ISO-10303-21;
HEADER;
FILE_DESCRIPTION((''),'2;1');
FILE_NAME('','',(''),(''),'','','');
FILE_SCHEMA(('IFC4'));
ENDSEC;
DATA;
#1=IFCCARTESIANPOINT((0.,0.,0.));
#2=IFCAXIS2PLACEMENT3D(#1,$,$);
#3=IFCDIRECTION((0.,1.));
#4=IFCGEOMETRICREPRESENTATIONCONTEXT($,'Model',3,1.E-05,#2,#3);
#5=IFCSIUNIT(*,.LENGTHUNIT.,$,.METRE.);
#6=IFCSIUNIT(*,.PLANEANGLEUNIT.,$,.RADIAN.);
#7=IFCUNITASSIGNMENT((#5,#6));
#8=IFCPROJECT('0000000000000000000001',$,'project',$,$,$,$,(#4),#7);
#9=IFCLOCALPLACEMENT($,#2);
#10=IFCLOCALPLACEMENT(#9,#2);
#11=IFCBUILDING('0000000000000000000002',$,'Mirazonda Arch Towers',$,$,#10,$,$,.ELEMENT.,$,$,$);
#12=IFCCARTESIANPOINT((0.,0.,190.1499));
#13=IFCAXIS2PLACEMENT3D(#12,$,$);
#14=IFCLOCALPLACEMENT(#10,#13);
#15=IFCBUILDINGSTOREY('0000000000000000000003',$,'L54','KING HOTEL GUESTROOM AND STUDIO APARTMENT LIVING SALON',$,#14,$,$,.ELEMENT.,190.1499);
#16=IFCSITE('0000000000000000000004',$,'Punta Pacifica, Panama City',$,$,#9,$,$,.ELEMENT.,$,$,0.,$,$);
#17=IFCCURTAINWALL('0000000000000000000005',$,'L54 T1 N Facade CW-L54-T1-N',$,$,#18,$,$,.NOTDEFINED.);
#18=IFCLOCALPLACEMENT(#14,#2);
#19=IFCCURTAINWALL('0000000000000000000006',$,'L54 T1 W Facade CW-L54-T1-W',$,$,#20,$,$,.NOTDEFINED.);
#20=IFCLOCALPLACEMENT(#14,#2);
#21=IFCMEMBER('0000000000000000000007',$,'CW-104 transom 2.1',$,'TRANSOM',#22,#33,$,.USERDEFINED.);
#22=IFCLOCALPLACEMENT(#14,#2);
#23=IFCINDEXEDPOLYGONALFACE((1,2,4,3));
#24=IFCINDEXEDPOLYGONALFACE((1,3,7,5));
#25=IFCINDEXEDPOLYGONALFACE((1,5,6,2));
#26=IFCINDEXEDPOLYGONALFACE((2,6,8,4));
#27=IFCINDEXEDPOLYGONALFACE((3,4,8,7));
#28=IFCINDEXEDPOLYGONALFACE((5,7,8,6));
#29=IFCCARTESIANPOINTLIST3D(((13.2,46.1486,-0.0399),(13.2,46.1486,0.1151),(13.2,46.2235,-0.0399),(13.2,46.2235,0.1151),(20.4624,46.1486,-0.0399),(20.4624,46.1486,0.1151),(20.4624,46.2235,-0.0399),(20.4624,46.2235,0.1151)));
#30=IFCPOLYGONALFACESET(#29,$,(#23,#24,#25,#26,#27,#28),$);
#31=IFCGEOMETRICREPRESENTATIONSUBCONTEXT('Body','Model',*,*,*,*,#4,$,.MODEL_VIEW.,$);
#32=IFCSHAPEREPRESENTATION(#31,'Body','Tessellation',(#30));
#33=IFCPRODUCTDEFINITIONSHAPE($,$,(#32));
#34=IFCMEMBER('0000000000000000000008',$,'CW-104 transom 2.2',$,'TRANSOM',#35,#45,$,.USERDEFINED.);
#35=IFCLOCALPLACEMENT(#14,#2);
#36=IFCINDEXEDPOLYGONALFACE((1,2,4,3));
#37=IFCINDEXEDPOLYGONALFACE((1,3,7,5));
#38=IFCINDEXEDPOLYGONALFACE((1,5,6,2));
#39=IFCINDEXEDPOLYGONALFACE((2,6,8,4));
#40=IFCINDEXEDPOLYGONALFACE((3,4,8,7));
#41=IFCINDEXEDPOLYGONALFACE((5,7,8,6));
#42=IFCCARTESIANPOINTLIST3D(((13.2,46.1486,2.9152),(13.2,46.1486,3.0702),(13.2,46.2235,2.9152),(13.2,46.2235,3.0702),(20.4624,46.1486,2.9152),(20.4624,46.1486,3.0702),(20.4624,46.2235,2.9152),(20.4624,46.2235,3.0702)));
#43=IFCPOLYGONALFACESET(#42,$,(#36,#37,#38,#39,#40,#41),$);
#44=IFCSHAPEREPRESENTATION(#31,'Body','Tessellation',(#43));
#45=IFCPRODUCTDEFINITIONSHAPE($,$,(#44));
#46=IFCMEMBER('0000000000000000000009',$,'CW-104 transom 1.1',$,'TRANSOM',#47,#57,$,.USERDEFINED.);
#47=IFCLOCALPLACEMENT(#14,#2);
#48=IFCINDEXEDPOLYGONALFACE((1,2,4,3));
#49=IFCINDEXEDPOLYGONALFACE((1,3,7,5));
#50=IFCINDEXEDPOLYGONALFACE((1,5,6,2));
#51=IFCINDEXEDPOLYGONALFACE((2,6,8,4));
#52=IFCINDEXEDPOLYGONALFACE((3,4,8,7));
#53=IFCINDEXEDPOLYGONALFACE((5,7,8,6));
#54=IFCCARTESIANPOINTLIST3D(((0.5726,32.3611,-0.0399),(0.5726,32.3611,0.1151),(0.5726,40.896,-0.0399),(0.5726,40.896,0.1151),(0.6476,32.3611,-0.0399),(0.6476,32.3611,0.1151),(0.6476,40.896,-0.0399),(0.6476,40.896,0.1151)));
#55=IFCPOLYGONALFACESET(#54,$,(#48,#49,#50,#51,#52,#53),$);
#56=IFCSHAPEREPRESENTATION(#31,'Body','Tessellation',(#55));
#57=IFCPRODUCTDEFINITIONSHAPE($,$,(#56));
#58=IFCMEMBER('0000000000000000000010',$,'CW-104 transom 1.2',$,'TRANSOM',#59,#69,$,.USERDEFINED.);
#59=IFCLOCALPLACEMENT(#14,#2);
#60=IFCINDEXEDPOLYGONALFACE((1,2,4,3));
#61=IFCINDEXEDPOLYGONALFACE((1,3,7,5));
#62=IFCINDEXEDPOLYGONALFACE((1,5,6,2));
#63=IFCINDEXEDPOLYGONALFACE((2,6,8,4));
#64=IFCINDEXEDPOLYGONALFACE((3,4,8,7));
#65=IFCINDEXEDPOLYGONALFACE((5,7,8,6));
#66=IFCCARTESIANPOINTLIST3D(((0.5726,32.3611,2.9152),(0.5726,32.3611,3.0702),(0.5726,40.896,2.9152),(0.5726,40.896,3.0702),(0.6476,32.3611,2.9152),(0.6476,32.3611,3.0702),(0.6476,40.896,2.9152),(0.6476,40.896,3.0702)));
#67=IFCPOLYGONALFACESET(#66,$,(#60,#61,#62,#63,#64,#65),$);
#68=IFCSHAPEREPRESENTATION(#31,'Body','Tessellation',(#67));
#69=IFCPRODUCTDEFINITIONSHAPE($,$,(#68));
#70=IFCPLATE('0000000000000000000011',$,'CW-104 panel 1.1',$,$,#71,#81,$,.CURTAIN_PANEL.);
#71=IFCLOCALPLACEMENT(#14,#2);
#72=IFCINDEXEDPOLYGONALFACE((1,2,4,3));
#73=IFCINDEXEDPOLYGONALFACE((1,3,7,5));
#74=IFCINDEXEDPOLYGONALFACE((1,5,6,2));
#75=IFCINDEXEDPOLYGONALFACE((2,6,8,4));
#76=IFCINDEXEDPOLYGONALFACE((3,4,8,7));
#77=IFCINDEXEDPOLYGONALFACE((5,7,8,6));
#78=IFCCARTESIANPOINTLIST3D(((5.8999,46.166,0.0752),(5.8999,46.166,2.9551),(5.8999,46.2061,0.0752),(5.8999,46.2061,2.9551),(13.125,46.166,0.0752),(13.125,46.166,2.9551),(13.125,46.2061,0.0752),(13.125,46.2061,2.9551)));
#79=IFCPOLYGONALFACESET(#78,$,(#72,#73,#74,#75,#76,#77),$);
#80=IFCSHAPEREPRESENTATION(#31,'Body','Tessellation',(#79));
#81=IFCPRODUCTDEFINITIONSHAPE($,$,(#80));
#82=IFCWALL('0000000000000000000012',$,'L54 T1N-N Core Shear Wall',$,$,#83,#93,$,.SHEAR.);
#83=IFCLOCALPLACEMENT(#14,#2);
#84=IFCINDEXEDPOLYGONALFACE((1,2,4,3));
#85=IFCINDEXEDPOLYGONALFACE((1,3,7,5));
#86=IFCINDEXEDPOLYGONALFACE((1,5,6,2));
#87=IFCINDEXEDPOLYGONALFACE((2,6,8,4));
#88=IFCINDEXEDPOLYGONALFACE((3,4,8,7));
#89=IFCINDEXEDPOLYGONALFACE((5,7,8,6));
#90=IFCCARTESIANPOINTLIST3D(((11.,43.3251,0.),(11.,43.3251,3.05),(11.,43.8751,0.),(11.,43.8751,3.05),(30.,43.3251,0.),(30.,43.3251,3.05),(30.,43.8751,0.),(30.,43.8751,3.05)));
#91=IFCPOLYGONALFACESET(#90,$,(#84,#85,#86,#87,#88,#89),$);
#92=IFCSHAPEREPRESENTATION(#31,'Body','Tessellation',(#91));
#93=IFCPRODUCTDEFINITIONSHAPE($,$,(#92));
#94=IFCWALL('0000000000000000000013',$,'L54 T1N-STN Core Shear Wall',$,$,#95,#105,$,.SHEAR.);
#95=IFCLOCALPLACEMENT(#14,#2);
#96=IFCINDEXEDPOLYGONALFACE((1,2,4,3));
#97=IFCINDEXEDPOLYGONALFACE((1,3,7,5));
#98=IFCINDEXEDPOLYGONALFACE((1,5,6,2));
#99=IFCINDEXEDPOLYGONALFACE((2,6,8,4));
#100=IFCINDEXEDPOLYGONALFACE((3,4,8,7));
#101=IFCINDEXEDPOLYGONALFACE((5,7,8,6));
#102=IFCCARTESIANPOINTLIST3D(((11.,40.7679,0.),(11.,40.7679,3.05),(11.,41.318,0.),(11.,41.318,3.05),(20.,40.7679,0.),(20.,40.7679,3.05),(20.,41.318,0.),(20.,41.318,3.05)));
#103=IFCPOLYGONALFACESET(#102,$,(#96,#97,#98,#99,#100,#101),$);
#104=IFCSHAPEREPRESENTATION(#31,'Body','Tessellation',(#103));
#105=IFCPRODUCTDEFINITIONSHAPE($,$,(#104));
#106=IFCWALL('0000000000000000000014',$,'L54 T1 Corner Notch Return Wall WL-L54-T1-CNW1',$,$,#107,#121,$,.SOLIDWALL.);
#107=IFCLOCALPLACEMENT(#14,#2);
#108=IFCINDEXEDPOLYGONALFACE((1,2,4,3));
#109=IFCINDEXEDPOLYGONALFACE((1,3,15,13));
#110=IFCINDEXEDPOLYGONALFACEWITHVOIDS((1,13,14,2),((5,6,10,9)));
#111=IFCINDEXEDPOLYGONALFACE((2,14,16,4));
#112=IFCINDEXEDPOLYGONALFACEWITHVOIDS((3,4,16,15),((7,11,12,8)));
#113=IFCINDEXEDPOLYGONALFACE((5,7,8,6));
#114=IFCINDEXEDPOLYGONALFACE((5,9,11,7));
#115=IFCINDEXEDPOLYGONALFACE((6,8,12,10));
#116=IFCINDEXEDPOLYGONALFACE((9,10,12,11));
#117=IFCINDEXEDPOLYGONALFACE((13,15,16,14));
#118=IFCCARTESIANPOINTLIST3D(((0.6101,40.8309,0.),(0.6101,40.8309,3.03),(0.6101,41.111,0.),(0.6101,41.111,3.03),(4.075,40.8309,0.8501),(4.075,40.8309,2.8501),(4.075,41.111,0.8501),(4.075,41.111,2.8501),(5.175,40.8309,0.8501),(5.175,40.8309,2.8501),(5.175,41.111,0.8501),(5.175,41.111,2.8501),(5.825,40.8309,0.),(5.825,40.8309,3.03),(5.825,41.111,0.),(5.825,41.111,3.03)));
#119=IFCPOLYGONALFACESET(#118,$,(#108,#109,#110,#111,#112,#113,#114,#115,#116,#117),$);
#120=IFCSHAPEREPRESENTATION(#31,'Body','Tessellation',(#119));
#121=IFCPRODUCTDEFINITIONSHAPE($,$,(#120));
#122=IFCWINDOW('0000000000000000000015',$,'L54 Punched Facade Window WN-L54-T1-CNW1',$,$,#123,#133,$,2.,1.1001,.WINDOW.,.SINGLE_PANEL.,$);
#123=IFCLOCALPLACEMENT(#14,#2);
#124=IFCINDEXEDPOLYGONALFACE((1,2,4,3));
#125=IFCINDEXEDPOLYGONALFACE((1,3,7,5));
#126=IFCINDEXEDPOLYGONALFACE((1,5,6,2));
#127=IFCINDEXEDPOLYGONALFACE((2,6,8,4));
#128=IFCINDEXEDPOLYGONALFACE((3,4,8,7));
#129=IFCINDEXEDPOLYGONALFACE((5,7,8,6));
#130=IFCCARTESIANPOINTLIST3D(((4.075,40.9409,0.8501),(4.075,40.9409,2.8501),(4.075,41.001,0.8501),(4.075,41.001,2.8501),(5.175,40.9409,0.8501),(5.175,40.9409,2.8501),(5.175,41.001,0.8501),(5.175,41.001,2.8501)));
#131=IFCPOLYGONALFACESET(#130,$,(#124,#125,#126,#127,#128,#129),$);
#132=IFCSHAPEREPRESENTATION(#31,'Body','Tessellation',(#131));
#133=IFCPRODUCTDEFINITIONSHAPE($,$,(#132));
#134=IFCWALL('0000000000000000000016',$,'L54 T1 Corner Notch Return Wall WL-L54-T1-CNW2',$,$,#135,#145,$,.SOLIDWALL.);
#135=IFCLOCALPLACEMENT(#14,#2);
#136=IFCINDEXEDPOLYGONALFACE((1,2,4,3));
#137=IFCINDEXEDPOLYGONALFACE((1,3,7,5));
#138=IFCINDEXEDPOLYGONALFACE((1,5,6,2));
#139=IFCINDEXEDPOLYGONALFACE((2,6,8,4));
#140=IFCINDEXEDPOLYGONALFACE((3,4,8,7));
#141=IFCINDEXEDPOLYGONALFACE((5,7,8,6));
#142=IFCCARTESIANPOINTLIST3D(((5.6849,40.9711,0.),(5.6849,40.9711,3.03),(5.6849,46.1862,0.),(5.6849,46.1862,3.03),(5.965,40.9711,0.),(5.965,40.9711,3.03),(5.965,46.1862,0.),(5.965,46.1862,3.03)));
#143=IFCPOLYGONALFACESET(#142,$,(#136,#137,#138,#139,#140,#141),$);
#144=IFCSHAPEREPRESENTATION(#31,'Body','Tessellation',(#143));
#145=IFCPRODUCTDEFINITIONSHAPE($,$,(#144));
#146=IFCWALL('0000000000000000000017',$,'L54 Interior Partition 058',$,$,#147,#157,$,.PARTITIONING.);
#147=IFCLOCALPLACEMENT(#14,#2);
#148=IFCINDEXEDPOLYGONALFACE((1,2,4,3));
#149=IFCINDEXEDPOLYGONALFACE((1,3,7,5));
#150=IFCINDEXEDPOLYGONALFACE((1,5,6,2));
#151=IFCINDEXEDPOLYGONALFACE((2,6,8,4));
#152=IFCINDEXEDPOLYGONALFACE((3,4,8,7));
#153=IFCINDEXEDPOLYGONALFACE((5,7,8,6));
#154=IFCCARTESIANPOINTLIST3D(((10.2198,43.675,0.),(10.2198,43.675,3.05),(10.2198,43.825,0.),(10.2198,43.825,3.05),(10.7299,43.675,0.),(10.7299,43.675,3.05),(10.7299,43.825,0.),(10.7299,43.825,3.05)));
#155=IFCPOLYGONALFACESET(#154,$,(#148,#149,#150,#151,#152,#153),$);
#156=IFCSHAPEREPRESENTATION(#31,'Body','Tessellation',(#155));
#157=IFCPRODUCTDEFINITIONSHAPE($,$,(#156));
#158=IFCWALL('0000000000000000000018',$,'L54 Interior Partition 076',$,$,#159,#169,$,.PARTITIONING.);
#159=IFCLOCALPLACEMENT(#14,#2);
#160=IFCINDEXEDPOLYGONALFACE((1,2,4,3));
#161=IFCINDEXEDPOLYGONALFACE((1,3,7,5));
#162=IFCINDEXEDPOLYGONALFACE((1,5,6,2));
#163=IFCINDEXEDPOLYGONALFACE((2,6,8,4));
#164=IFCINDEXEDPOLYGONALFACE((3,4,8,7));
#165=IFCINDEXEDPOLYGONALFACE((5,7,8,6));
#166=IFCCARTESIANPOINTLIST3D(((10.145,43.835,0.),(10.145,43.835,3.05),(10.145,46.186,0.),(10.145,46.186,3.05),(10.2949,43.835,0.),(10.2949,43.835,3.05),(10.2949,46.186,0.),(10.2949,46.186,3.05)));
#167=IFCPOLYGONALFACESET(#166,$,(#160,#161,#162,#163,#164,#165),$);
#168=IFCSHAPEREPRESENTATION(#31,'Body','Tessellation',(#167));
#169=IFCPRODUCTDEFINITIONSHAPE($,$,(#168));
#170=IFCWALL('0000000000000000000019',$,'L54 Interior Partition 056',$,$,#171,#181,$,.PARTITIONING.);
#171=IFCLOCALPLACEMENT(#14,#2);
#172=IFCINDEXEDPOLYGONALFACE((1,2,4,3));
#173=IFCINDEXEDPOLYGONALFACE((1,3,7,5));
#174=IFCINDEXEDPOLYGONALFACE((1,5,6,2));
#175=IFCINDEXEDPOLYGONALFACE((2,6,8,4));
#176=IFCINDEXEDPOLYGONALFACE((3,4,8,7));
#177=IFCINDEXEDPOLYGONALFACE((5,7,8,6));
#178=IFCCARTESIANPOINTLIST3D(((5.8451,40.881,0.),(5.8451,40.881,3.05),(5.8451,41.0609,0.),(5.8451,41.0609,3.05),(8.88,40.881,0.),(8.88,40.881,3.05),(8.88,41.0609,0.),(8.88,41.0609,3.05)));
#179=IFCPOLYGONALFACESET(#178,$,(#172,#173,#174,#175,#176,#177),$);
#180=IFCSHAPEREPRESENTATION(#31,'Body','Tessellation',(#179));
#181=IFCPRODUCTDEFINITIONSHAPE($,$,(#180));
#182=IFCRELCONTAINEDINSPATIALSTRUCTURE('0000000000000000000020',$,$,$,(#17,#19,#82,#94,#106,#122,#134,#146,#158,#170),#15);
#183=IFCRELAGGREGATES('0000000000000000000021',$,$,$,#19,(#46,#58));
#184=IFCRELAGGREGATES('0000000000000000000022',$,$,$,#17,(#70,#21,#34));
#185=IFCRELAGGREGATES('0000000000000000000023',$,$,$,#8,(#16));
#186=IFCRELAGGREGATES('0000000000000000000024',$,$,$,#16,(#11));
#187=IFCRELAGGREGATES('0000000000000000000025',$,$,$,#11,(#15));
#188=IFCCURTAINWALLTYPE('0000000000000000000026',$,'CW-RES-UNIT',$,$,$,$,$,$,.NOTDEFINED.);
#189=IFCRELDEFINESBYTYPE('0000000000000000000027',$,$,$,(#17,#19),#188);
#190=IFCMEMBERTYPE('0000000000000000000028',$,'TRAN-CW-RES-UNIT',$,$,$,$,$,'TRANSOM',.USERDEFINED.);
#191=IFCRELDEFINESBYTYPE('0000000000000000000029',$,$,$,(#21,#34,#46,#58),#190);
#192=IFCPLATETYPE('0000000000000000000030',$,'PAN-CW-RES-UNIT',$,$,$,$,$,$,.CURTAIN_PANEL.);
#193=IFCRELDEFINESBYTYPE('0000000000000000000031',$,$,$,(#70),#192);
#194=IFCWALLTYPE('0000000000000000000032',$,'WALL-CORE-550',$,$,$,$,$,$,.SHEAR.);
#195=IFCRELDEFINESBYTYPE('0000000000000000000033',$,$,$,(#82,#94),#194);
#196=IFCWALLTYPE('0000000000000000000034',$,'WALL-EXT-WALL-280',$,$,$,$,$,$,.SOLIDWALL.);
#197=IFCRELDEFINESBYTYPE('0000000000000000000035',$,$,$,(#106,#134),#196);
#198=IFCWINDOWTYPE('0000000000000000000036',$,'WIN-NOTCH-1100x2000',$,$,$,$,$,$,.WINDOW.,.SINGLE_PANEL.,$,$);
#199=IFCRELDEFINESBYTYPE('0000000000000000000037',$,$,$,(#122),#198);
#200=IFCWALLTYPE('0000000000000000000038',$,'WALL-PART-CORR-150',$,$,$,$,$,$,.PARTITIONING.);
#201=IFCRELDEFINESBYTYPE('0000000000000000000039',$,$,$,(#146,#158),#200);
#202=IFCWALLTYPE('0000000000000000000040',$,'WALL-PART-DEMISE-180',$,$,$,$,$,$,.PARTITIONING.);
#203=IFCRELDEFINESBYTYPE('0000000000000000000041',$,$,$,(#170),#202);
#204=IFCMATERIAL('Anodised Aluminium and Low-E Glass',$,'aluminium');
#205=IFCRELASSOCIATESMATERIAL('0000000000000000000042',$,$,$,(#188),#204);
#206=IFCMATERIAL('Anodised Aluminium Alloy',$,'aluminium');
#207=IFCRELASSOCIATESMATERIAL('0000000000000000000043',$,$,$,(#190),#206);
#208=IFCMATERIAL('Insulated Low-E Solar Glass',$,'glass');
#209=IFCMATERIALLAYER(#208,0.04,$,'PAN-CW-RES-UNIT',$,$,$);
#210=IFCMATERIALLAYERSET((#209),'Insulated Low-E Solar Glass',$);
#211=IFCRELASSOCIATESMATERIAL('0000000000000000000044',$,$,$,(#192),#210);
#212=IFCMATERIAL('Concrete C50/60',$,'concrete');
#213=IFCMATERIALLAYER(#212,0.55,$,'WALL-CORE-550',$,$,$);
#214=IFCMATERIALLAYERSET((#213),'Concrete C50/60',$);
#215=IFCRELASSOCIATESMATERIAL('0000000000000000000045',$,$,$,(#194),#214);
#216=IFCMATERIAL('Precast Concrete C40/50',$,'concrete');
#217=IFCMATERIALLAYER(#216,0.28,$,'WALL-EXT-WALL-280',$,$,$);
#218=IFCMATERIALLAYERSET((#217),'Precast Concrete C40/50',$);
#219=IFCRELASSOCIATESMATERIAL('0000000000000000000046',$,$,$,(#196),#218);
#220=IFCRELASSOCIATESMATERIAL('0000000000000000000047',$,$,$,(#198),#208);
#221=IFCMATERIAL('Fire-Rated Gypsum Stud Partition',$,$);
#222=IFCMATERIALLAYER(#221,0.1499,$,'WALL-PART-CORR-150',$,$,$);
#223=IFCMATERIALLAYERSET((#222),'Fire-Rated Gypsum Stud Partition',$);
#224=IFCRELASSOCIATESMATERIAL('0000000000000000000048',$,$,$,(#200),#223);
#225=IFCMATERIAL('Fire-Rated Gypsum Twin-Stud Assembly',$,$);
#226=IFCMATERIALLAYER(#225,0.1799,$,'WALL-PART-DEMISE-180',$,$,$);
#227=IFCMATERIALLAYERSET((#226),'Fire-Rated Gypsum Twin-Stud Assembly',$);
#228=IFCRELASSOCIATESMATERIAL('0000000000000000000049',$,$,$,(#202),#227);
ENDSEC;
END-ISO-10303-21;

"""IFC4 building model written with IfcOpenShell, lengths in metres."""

from ifc_helpers import new_model, si_unit, direction, frame, frame_2d, origin, origin_2d, place, context, subcontext, project, spatial, rectangle, extrude, material, layer, layer_set, material_profile, profile_set, type_object, element, fill, aggregate, save


model = new_model("IFC4")

# Units and contexts
model_context = context("Model", 3, precision=1e-05, world=origin(), true_north=direction((0.0, 1.0)))
body_context = subcontext(model_context, "Body", "Model", "MODEL_VIEW")
ifc_project = project(units=[si_unit("LENGTHUNIT", "METRE"), si_unit("PLANEANGLEUNIT", "RADIAN")], contexts=[model_context])

# Site, building, storey
site_placement = place(None, origin())
site = spatial("IfcSite", under=ifc_project, at=site_placement, Name="Punta Pacifica, Panama City", CompositionType="ELEMENT", RefElevation=0.0)
building_placement = place(site_placement, origin())
building = spatial("IfcBuilding", under=site, at=building_placement, Name="Mirazonda Arch Towers", CompositionType="ELEMENT")
storey_placement = place(building_placement, frame((0.0, 0.0, 190.1499)))
storey = spatial("IfcBuildingStorey", under=building, at=storey_placement, Name="L54", Description="KING HOTEL GUESTROOM AND STUDIO APARTMENT LIVING SALON", CompositionType="ELEMENT", Elevation=190.1499)

# Shared definitions
ifc_material_1 = material(Name="Concrete C50/60", Category="concrete")

# Curtain wall
ifc_material_2 = material(Name="Anodised Aluminium and Low-E Glass", Category="aluminium")
curtain_wall_type = type_object("IfcCurtainWallType", Name="CW-RES-UNIT", PredefinedType="NOTDEFINED", material=ifc_material_2)
curtain_wall_1_placement = place(storey_placement, origin())
curtain_wall_1 = element("IfcCurtainWall", 1, at=curtain_wall_1_placement, inside=storey, type_object=curtain_wall_type, Name="L54 T1 N Facade CW-L54-T1-N", PredefinedType="NOTDEFINED")
ifc_material_3 = material(Name="Anodised Aluminium Alloy", Category="aluminium")

# Curtain wall
curtain_wall_2_placement = place(storey_placement, origin())
curtain_wall_2 = element("IfcCurtainWall", 2, at=curtain_wall_2_placement, inside=storey, type_object=curtain_wall_type, Name="L54 T1 W Facade CW-L54-T1-W", PredefinedType="NOTDEFINED")

# Members
ifc_material_profile_1 = material_profile(ifc_material_3, rectangle(XDim=0.075, YDim=0.155, at=origin_2d()), Name="ALU-TRAN-75x155")
ifc_profile_set_1 = profile_set([ifc_material_profile_1], Name="Anodised Aluminium Alloy")
member_type_1 = type_object("IfcMemberType", Name="TRAN-CW-RES-UNIT", ElementType="TRANSOM", PredefinedType="USERDEFINED", material=ifc_profile_set_1)
member_1_placement = place(storey_placement, frame((13.2, 46.186, 0.0376), z_axis=(1.0, 0.0, 0.0), x_axis=(0.0, 1.0, 0.0)))
member_1 = element("IfcMember", 3, at=member_1_placement, type_object=member_type_1, Name="CW-104 transom 2.1", ObjectType="TRANSOM", PredefinedType="USERDEFINED", context=body_context, shape_type="SweptSolid", body=[
    extrude(rectangle(XDim=0.075, YDim=0.155, at=origin_2d()), origin(), (0.0, 0.0, 1.0), 7.2625),
])
member_2_placement = place(storey_placement, frame((13.2, 46.186, 2.9927), z_axis=(1.0, 0.0, 0.0), x_axis=(0.0, 1.0, 0.0)))
member_2 = element("IfcMember", 4, at=member_2_placement, type_object=member_type_1, Name="CW-104 transom 2.2", ObjectType="TRANSOM", PredefinedType="USERDEFINED", context=body_context, shape_type="SweptSolid", body=[
    extrude(rectangle(XDim=0.075, YDim=0.155, at=origin_2d()), origin(), (0.0, 0.0, 1.0), 7.2625),
])
member_3_placement = place(storey_placement, frame((0.6101, 40.896, 0.0376), z_axis=(0.0, -1.0, 0.0), x_axis=(1.0, 0.0, 0.0)))
member_3 = element("IfcMember", 5, at=member_3_placement, type_object=member_type_1, Name="CW-104 transom 1.1", ObjectType="TRANSOM", PredefinedType="USERDEFINED", context=body_context, shape_type="SweptSolid", body=[
    extrude(rectangle(XDim=0.075, YDim=0.155, at=origin_2d()), origin(), (0.0, 0.0, 1.0), 8.5349),
])
member_4_placement = place(storey_placement, frame((0.6101, 40.896, 2.9927), z_axis=(0.0, -1.0, 0.0), x_axis=(1.0, 0.0, 0.0)))
member_4 = element("IfcMember", 6, at=member_4_placement, type_object=member_type_1, Name="CW-104 transom 1.2", ObjectType="TRANSOM", PredefinedType="USERDEFINED", context=body_context, shape_type="SweptSolid", body=[
    extrude(rectangle(XDim=0.075, YDim=0.155, at=origin_2d()), origin(), (0.0, 0.0, 1.0), 8.5349),
])
aggregate(curtain_wall_2, [member_3, member_4])

# Plate
ifc_material_4 = material(Name="Insulated Low-E Solar Glass", Category="glass")
ifc_layer_1 = layer(ifc_material_4, 0.04, Name="PAN-CW-RES-UNIT")
ifc_layer_set_1 = layer_set([ifc_layer_1], Name="Insulated Low-E Solar Glass")
plate_type = type_object("IfcPlateType", Name="PAN-CW-RES-UNIT", PredefinedType="CURTAIN_PANEL", material=ifc_layer_set_1)
plate_placement = place(storey_placement, frame((9.5125, 46.186, 0.0752), z_axis=(0.0, 0.0, 1.0), x_axis=(1.0, 0.0, 0.0)))
plate = element("IfcPlate", 7, at=plate_placement, type_object=plate_type, Name="CW-104 panel 1.1", PredefinedType="CURTAIN_PANEL", context=body_context, shape_type="SweptSolid", body=[
    extrude(rectangle(XDim=7.2251, YDim=0.04, at=origin_2d()), origin(), (0.0, 0.0, 1.0), 2.8799),
])
aggregate(curtain_wall_1, [plate, member_1, member_2])

# Walls
ifc_layer_2 = layer(ifc_material_1, 0.55, Name="WALL-CORE-550")
ifc_layer_set_2 = layer_set([ifc_layer_2], Name="Concrete C50/60")
wall_type_1 = type_object("IfcWallType", Name="WALL-CORE-550", PredefinedType="SHEAR", material=ifc_layer_set_2)
wall_1_placement = place(storey_placement, frame((11.0, 43.6001, 0.0), z_axis=(0.0, 0.0, 1.0), x_axis=(1.0, 0.0, 0.0)))
element("IfcWall", 8, at=wall_1_placement, inside=storey, type_object=wall_type_1, Name="L54 T1N-N Core Shear Wall", PredefinedType="SHEAR", context=body_context, shape_type="SweptSolid", body=[
    extrude(rectangle(XDim=19.0, YDim=0.55, at=frame_2d((9.5, 0.0))), origin(), (0.0, 0.0, 1.0), 3.05),
])
wall_2_placement = place(storey_placement, frame((11.0, 41.043, 0.0), z_axis=(0.0, 0.0, 1.0), x_axis=(1.0, 0.0, 0.0)))
element("IfcWall", 9, at=wall_2_placement, inside=storey, type_object=wall_type_1, Name="L54 T1N-STN Core Shear Wall", PredefinedType="SHEAR", context=body_context, shape_type="SweptSolid", body=[
    extrude(rectangle(XDim=9.0, YDim=0.55, at=frame_2d((4.5, 0.0))), origin(), (0.0, 0.0, 1.0), 3.05),
])

# Wall, opening, window
ifc_material_5 = material(Name="Precast Concrete C40/50", Category="concrete")
ifc_layer_3 = layer(ifc_material_5, 0.28, Name="WALL-EXT-WALL-280")
ifc_layer_set_3 = layer_set([ifc_layer_3], Name="Precast Concrete C40/50")
wall_type_2 = type_object("IfcWallType", Name="WALL-EXT-WALL-280", PredefinedType="SOLIDWALL", material=ifc_layer_set_3)
wall_3_placement = place(storey_placement, frame((5.825, 40.9709, 0.0), z_axis=(0.0, 0.0, 1.0), x_axis=(-1.0, 0.0, 0.0)))
wall_3 = element("IfcWall", 10, at=wall_3_placement, inside=storey, type_object=wall_type_2, Name="L54 T1 Corner Notch Return Wall WL-L54-T1-CNW1", PredefinedType="SOLIDWALL", context=body_context, shape_type="SweptSolid", body=[
    extrude(rectangle(XDim=5.2148, YDim=0.28, at=frame_2d((2.6074, 0.0))), origin(), (0.0, 0.0, 1.0), 3.03),
])
opening_1_placement = place(wall_3_placement, frame((0.6499, 0.0, 0.8501)))
opening_1 = element("IfcOpeningElement", 11, at=opening_1_placement, cuts=wall_3, PredefinedType="OPENING", context=body_context, shape_type="SweptSolid", body=[
    extrude(rectangle(XDim=1.1001, YDim=2.0, at=frame_2d((0.55, 1.0))), frame((0.0, 0.1499, 0.0), z_axis=(0.0, -1.0, 0.0), x_axis=(1.0, 0.0, 0.0)), (0.0, 0.0, 1.0), 0.3),
])
window_type = type_object("IfcWindowType", Name="WIN-NOTCH-1100x2000", PartitioningType="SINGLE_PANEL", PredefinedType="WINDOW", material=ifc_material_4)
window_placement = place(opening_1_placement, origin())
window = element("IfcWindow", 12, at=window_placement, inside=storey, type_object=window_type, Name="L54 Punched Facade Window WN-L54-T1-CNW1", OverallHeight=2.0, OverallWidth=1.1001, PartitioningType="SINGLE_PANEL", PredefinedType="WINDOW", context=body_context, shape_type="SweptSolid", body=[
    extrude(rectangle(XDim=1.1001, YDim=2.0, at=frame_2d((0.55, 1.0))), frame((0.0, 0.03, 0.0), z_axis=(0.0, -1.0, 0.0), x_axis=(1.0, 0.0, 0.0)), (0.0, 0.0, 1.0), 0.0601),
])
fill(opening_1, window)

# Walls
wall_4_placement = place(storey_placement, frame((5.825, 46.186, 0.0), z_axis=(0.0, 0.0, 1.0), x_axis=(0.0, -1.0, 0.0)))
element("IfcWall", 13, at=wall_4_placement, inside=storey, type_object=wall_type_2, Name="L54 T1 Corner Notch Return Wall WL-L54-T1-CNW2", PredefinedType="SOLIDWALL", context=body_context, shape_type="SweptSolid", body=[
    extrude(rectangle(XDim=5.2151, YDim=0.28, at=frame_2d((2.6074, 0.0))), origin(), (0.0, 0.0, 1.0), 3.03),
])
ifc_material_6 = material(Name="Fire-Rated Gypsum Stud Partition")
ifc_layer_4 = layer(ifc_material_6, 0.1499, Name="WALL-PART-CORR-150")
ifc_layer_set_4 = layer_set([ifc_layer_4], Name="Fire-Rated Gypsum Stud Partition")
wall_type_3 = type_object("IfcWallType", Name="WALL-PART-CORR-150", PredefinedType="PARTITIONING", material=ifc_layer_set_4)
wall_5_placement = place(storey_placement, frame((10.22, 43.75, 0.0), z_axis=(0.0, 0.0, 1.0), x_axis=(1.0, 0.0, 0.0)))
element("IfcWall", 14, at=wall_5_placement, inside=storey, type_object=wall_type_3, Name="L54 Interior Partition 058", PredefinedType="PARTITIONING", context=body_context, shape_type="SweptSolid", body=[
    extrude(rectangle(XDim=0.51, YDim=0.1499, at=frame_2d((0.2549, 0.0))), origin(), (0.0, 0.0, 1.0), 3.05),
])
wall_6_placement = place(storey_placement, frame((10.22, 43.835, 0.0), z_axis=(0.0, 0.0, 1.0), x_axis=(0.0, 1.0, 0.0)))
element("IfcWall", 15, at=wall_6_placement, inside=storey, type_object=wall_type_3, Name="L54 Interior Partition 076", PredefinedType="PARTITIONING", context=body_context, shape_type="SweptSolid", body=[
    extrude(rectangle(XDim=2.3511, YDim=0.1499, at=frame_2d((1.1755, 0.0))), origin(), (0.0, 0.0, 1.0), 3.05),
])
ifc_material_7 = material(Name="Fire-Rated Gypsum Twin-Stud Assembly")
ifc_layer_5 = layer(ifc_material_7, 0.1799, Name="WALL-PART-DEMISE-180")
ifc_layer_set_5 = layer_set([ifc_layer_5], Name="Fire-Rated Gypsum Twin-Stud Assembly")
wall_type_4 = type_object("IfcWallType", Name="WALL-PART-DEMISE-180", PredefinedType="PARTITIONING", material=ifc_layer_set_5)
wall_7_placement = place(storey_placement, frame((5.845, 40.9709, 0.0), z_axis=(0.0, 0.0, 1.0), x_axis=(1.0, 0.0, 0.0)))
element("IfcWall", 16, at=wall_7_placement, inside=storey, type_object=wall_type_4, Name="L54 Interior Partition 056", PredefinedType="PARTITIONING", context=body_context, shape_type="SweptSolid", body=[
    extrude(rectangle(XDim=3.0349, YDim=0.1799, at=frame_2d((1.5176, 0.0))), origin(), (0.0, 0.0, 1.0), 3.05),
])

save(model, "model.ifc")
